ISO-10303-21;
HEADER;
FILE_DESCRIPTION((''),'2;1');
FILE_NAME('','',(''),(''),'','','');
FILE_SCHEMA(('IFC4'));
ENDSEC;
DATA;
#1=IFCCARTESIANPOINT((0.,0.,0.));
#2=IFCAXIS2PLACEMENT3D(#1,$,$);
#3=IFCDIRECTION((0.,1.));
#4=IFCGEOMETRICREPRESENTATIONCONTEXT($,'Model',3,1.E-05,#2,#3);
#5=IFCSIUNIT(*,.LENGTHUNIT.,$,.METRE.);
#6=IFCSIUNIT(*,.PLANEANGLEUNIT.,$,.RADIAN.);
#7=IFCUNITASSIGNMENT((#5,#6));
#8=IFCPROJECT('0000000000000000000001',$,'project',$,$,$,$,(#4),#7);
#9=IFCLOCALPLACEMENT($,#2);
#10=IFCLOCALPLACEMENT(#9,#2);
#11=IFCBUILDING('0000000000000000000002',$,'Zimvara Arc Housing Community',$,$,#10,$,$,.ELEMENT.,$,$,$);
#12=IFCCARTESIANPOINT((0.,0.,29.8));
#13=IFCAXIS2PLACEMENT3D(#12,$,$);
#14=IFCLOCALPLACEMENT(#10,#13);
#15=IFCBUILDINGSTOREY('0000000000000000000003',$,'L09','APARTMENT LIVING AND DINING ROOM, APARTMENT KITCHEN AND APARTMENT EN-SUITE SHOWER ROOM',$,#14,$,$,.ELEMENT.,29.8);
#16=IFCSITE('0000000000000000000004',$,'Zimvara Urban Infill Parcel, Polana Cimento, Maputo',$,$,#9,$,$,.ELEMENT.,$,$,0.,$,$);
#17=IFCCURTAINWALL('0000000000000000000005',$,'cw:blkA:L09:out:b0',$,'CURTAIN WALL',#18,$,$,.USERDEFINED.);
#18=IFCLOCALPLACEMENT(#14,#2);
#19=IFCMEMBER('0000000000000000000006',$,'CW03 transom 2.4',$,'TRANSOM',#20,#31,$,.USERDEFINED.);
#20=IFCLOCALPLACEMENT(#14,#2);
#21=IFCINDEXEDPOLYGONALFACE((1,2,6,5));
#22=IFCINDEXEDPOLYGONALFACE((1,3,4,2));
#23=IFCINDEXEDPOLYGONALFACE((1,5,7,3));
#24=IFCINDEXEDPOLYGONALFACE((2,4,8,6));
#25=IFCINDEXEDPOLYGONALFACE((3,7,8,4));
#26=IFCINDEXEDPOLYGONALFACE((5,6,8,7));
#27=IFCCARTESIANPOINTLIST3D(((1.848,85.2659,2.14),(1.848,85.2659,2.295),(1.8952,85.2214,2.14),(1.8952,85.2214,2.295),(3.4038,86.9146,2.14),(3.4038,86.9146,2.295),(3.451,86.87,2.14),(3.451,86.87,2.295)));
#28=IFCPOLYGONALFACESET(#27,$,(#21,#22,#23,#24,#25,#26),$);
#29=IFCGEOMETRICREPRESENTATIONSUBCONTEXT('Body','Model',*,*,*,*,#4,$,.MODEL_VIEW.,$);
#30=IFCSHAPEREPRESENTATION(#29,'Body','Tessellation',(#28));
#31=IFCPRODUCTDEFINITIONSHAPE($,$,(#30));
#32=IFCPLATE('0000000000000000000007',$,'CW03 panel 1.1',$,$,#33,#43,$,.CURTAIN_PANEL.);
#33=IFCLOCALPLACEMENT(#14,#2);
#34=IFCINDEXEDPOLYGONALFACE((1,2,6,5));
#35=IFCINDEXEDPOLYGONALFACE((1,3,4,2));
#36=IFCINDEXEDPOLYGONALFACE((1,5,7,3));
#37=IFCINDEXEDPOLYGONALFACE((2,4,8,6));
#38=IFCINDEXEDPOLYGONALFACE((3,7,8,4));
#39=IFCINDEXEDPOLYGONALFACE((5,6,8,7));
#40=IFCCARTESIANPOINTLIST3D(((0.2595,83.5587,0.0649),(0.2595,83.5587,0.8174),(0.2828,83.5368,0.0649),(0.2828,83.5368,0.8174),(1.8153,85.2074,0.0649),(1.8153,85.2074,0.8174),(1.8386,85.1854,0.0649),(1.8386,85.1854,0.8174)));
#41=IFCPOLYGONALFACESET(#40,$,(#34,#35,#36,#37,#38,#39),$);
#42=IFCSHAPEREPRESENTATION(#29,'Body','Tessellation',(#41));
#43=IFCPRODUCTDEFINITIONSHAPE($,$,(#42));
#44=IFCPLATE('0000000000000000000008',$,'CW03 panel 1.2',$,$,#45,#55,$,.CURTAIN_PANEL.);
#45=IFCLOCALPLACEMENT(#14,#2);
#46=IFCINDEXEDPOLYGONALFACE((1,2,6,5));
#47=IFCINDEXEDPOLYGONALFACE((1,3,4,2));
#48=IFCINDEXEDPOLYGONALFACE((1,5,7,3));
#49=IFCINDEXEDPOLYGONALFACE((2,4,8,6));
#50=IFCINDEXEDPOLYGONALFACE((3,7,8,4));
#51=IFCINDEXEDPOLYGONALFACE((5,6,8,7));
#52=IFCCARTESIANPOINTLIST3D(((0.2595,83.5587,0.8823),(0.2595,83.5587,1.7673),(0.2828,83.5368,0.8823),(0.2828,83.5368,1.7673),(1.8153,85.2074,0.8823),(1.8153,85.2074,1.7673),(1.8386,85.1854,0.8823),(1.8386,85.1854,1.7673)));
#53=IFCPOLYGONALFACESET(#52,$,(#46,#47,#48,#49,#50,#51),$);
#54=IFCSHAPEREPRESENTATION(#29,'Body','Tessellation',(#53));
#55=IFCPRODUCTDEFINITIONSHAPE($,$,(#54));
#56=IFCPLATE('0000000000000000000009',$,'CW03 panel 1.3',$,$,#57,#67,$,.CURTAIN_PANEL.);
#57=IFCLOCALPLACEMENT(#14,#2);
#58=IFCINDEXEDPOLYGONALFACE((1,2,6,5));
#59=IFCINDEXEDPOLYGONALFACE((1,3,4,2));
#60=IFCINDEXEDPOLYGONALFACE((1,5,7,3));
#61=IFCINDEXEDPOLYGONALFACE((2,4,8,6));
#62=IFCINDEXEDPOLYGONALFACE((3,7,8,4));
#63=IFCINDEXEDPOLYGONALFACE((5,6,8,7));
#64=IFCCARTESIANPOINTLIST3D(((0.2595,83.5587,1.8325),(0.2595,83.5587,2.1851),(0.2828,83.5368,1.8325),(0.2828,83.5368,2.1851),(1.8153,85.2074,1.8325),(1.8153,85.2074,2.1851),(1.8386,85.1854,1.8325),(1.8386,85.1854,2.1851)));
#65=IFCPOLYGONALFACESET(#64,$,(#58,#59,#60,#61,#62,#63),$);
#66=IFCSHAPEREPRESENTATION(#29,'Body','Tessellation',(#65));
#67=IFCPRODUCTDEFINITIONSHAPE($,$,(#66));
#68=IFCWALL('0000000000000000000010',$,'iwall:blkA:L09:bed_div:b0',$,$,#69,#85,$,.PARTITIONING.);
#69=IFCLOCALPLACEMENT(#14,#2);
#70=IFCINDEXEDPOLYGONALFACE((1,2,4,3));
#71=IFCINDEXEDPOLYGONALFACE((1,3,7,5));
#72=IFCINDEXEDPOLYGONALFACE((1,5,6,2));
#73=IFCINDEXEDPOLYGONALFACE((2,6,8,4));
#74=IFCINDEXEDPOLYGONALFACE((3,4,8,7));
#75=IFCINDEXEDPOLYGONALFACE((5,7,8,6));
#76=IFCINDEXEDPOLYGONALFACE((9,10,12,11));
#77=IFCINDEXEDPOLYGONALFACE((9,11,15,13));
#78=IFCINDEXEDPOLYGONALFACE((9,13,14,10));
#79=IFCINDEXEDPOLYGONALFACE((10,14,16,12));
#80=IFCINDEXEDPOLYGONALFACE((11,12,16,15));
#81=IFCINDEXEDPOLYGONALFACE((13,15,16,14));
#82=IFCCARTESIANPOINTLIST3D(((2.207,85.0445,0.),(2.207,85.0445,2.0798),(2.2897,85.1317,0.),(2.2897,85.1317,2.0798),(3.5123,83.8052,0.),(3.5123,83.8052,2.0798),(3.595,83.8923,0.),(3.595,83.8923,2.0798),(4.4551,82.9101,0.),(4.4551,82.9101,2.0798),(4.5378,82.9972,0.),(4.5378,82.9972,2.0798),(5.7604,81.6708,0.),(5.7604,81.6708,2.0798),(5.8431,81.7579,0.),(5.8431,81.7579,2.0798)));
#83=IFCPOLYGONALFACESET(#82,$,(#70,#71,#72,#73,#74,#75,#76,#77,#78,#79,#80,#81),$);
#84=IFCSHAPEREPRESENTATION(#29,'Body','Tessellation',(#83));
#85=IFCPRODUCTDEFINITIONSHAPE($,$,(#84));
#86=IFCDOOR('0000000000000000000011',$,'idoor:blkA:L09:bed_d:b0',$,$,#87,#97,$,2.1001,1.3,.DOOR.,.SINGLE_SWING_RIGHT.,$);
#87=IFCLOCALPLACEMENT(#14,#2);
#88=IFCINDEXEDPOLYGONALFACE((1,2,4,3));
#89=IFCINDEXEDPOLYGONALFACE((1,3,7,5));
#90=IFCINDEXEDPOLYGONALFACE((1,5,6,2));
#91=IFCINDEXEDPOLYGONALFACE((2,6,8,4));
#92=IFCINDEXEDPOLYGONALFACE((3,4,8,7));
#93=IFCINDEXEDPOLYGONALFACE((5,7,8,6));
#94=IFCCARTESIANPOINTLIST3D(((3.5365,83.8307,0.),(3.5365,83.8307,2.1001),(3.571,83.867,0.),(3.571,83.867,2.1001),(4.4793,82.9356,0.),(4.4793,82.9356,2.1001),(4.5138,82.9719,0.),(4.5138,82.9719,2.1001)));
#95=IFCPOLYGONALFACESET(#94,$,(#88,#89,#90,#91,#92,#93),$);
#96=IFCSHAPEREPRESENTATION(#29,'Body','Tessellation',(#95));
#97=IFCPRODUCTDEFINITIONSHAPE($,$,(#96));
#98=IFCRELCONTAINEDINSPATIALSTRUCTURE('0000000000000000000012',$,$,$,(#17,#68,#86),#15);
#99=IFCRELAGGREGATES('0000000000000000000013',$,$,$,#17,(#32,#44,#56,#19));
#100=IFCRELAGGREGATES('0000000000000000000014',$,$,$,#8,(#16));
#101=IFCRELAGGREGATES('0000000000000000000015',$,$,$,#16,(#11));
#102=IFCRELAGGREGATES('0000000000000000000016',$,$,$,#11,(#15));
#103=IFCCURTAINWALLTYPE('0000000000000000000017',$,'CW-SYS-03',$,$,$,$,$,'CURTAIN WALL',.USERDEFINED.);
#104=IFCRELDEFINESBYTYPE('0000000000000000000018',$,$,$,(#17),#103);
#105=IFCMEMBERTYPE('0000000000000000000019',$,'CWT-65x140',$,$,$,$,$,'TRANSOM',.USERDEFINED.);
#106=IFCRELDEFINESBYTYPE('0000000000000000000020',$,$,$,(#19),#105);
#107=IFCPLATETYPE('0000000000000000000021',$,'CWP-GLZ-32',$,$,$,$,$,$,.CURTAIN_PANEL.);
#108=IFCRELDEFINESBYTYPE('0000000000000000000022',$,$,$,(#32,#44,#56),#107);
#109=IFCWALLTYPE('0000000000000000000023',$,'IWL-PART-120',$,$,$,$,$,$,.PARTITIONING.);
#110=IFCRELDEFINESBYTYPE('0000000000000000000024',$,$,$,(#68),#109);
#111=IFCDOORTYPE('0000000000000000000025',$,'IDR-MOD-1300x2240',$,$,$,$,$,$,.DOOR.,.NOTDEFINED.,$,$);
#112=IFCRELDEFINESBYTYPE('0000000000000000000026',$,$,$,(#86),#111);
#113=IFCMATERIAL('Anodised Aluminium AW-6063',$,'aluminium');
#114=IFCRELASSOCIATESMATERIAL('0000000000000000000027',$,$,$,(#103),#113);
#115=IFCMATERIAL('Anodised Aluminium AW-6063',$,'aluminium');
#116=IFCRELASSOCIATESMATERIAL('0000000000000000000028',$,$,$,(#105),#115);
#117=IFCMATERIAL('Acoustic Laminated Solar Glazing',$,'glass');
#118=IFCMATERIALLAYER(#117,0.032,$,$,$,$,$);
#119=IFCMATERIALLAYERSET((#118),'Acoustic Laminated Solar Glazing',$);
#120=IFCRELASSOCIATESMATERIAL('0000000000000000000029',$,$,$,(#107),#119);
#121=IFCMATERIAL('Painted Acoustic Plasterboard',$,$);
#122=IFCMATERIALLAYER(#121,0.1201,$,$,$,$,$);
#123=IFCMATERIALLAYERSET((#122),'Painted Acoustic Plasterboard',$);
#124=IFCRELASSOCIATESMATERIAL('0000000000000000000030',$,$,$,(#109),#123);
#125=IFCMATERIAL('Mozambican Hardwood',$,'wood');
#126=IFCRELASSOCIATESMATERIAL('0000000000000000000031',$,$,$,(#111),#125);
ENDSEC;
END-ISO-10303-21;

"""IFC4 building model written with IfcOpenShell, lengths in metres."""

from ifc_helpers import new_model, si_unit, direction, frame, frame_2d, origin, origin_2d, place, context, subcontext, project, spatial, rectangle, extrude, material, layer, layer_set, material_profile, profile_set, type_object, element, fill, aggregate, save


model = new_model("IFC4")

# Units and contexts
model_context = context("Model", 3, precision=1e-05, world=origin(), true_north=direction((0.0, 1.0)))
body_context = subcontext(model_context, "Body", "Model", "MODEL_VIEW")
ifc_project = project(units=[si_unit("LENGTHUNIT", "METRE"), si_unit("PLANEANGLEUNIT", "RADIAN")], contexts=[model_context])

# Site, building, storey
site_placement = place(None, origin())
site = spatial("IfcSite", under=ifc_project, at=site_placement, Name="Zimvara Urban Infill Parcel, Polana Cimento, Maputo", CompositionType="ELEMENT", RefElevation=0.0)
building_placement = place(site_placement, origin())
building = spatial("IfcBuilding", under=site, at=building_placement, Name="Zimvara Arc Housing Community", CompositionType="ELEMENT")
storey_placement = place(building_placement, frame((0.0, 0.0, 29.8)))
storey = spatial("IfcBuildingStorey", under=building, at=storey_placement, Name="L09", Description="APARTMENT LIVING AND DINING ROOM, APARTMENT KITCHEN AND APARTMENT EN-SUITE SHOWER ROOM", CompositionType="ELEMENT", Elevation=29.8)

# Curtain wall, member, plates
ifc_material_1 = material(Name="Anodised Aluminium AW-6063", Category="aluminium")
curtain_wall_type = type_object("IfcCurtainWallType", Name="CW-SYS-03", ElementType="CURTAIN WALL", PredefinedType="USERDEFINED", material=ifc_material_1)
curtain_wall_placement = place(storey_placement, origin())
curtain_wall = element("IfcCurtainWall", 1, at=curtain_wall_placement, inside=storey, type_object=curtain_wall_type, Name="cw:blkA:L09:out:b0", ObjectType="CURTAIN WALL", PredefinedType="USERDEFINED")
ifc_material_2 = material(Name="Anodised Aluminium AW-6063", Category="aluminium")
ifc_material_profile_1 = material_profile(ifc_material_2, rectangle(XDim=0.0649, YDim=0.155, at=origin_2d()), Name="ALU 65x155")
ifc_profile_set_1 = profile_set([ifc_material_profile_1], Name="Anodised Aluminium AW-6063")
member_type_1 = type_object("IfcMemberType", Name="CWT-65x140", ElementType="TRANSOM", PredefinedType="USERDEFINED", material=ifc_profile_set_1)
member_1_placement = place(storey_placement, frame((1.8716, 85.2437, 2.2175), z_axis=(0.686348, 0.727273, 0.0), x_axis=(-0.727273, 0.686348, 0.0)))
member_1 = element("IfcMember", 2, at=member_1_placement, type_object=member_type_1, Name="CW03 transom 2.4", ObjectType="TRANSOM", PredefinedType="USERDEFINED", context=body_context, shape_type="SweptSolid", body=[
    extrude(rectangle(XDim=0.0649, YDim=0.155, at=origin_2d()), origin(), (0.0, 0.0, 1.0), 2.2668),
])
ifc_material_3 = material(Name="Acoustic Laminated Solar Glazing", Category="glass")
ifc_layer_1 = layer(ifc_material_3, 0.032)
ifc_layer_set_1 = layer_set([ifc_layer_1], Name="Acoustic Laminated Solar Glazing")
plate_type = type_object("IfcPlateType", Name="CWP-GLZ-32", PredefinedType="CURTAIN_PANEL", material=ifc_layer_set_1)
plate_1_placement = place(storey_placement, frame((1.0491, 84.3721, 0.0649), z_axis=(0.0, 0.0, 1.0), x_axis=(0.686326, 0.727294, 0.0)))
plate_1 = element("IfcPlate", 3, at=plate_1_placement, type_object=plate_type, Name="CW03 panel 1.1", PredefinedType="CURTAIN_PANEL", context=body_context, shape_type="SweptSolid", body=[
    extrude(rectangle(XDim=2.2668, YDim=0.032, at=origin_2d()), origin(), (0.0, 0.0, 1.0), 0.7524),
])
plate_2_placement = place(storey_placement, frame((1.0491, 84.3721, 0.8823), z_axis=(0.0, 0.0, 1.0), x_axis=(0.686326, 0.727294, 0.0)))
plate_2 = element("IfcPlate", 4, at=plate_2_placement, type_object=plate_type, Name="CW03 panel 1.2", PredefinedType="CURTAIN_PANEL", context=body_context, shape_type="SweptSolid", body=[
    extrude(rectangle(XDim=2.2668, YDim=0.032, at=origin_2d()), origin(), (0.0, 0.0, 1.0), 0.885),
])
plate_3_placement = place(storey_placement, frame((1.0491, 84.3721, 1.8325), z_axis=(0.0, 0.0, 1.0), x_axis=(0.686326, 0.727294, 0.0)))
plate_3 = element("IfcPlate", 5, at=plate_3_placement, type_object=plate_type, Name="CW03 panel 1.3", PredefinedType="CURTAIN_PANEL", context=body_context, shape_type="SweptSolid", body=[
    extrude(rectangle(XDim=2.2668, YDim=0.032, at=origin_2d()), origin(), (0.0, 0.0, 1.0), 0.3525),
])
aggregate(curtain_wall, [plate_1, plate_2, plate_3, member_1])

# Wall, opening, door
ifc_material_4 = material(Name="Painted Acoustic Plasterboard")
ifc_layer_2 = layer(ifc_material_4, 0.1201)
ifc_layer_set_2 = layer_set([ifc_layer_2], Name="Painted Acoustic Plasterboard")
wall_type = type_object("IfcWallType", Name="IWL-PART-120", PredefinedType="PARTITIONING", material=ifc_layer_set_2)
wall_placement = place(storey_placement, frame((5.8018, 81.7144, 0.0), z_axis=(0.0, 0.0, 1.0), x_axis=(-0.725205, 0.688533, 0.0)))
wall = element("IfcWall", 6, at=wall_placement, inside=storey, type_object=wall_type, Name="iwall:blkA:L09:bed_div:b0", PredefinedType="PARTITIONING", context=body_context, shape_type="SweptSolid", body=[
    extrude(rectangle(XDim=4.8999, YDim=0.1201, at=frame_2d((2.45, 0.0))), origin(), (0.0, 0.0, 1.0), 2.0798),
])
opening_placement = place(wall_placement, frame((1.8, 0.0, 0.0)))
opening = element("IfcOpeningElement", 7, at=opening_placement, cuts=wall, PredefinedType="OPENING", context=body_context, shape_type="SweptSolid", body=[
    extrude(rectangle(XDim=1.3, YDim=2.1001, at=frame_2d((0.6499, 1.05))), frame((0.0, 0.0701, 0.0), z_axis=(0.0, -1.0, 0.0), x_axis=(1.0, 0.0, 0.0)), (0.0, 0.0, 1.0), 0.1401),
])
ifc_material_5 = material(Name="Mozambican Hardwood", Category="wood")
door_type = type_object("IfcDoorType", Name="IDR-MOD-1300x2240", OperationType="NOTDEFINED", PredefinedType="DOOR", material=ifc_material_5)
door_placement = place(opening_placement, origin())
door = element("IfcDoor", 8, at=door_placement, inside=storey, type_object=door_type, Name="idoor:blkA:L09:bed_d:b0", OperationType="SINGLE_SWING_RIGHT", OverallHeight=2.1001, OverallWidth=1.3, PredefinedType="DOOR", context=body_context, shape_type="SweptSolid", body=[
    extrude(rectangle(XDim=1.3, YDim=2.1001, at=frame_2d((0.6499, 1.05))), frame((0.0, 0.0249, 0.0), z_axis=(0.0, -1.0, 0.0), x_axis=(1.0, 0.0, 0.0)), (0.0, 0.0, 1.0), 0.05),
])
fill(opening, door)

save(model, "model.ifc")
